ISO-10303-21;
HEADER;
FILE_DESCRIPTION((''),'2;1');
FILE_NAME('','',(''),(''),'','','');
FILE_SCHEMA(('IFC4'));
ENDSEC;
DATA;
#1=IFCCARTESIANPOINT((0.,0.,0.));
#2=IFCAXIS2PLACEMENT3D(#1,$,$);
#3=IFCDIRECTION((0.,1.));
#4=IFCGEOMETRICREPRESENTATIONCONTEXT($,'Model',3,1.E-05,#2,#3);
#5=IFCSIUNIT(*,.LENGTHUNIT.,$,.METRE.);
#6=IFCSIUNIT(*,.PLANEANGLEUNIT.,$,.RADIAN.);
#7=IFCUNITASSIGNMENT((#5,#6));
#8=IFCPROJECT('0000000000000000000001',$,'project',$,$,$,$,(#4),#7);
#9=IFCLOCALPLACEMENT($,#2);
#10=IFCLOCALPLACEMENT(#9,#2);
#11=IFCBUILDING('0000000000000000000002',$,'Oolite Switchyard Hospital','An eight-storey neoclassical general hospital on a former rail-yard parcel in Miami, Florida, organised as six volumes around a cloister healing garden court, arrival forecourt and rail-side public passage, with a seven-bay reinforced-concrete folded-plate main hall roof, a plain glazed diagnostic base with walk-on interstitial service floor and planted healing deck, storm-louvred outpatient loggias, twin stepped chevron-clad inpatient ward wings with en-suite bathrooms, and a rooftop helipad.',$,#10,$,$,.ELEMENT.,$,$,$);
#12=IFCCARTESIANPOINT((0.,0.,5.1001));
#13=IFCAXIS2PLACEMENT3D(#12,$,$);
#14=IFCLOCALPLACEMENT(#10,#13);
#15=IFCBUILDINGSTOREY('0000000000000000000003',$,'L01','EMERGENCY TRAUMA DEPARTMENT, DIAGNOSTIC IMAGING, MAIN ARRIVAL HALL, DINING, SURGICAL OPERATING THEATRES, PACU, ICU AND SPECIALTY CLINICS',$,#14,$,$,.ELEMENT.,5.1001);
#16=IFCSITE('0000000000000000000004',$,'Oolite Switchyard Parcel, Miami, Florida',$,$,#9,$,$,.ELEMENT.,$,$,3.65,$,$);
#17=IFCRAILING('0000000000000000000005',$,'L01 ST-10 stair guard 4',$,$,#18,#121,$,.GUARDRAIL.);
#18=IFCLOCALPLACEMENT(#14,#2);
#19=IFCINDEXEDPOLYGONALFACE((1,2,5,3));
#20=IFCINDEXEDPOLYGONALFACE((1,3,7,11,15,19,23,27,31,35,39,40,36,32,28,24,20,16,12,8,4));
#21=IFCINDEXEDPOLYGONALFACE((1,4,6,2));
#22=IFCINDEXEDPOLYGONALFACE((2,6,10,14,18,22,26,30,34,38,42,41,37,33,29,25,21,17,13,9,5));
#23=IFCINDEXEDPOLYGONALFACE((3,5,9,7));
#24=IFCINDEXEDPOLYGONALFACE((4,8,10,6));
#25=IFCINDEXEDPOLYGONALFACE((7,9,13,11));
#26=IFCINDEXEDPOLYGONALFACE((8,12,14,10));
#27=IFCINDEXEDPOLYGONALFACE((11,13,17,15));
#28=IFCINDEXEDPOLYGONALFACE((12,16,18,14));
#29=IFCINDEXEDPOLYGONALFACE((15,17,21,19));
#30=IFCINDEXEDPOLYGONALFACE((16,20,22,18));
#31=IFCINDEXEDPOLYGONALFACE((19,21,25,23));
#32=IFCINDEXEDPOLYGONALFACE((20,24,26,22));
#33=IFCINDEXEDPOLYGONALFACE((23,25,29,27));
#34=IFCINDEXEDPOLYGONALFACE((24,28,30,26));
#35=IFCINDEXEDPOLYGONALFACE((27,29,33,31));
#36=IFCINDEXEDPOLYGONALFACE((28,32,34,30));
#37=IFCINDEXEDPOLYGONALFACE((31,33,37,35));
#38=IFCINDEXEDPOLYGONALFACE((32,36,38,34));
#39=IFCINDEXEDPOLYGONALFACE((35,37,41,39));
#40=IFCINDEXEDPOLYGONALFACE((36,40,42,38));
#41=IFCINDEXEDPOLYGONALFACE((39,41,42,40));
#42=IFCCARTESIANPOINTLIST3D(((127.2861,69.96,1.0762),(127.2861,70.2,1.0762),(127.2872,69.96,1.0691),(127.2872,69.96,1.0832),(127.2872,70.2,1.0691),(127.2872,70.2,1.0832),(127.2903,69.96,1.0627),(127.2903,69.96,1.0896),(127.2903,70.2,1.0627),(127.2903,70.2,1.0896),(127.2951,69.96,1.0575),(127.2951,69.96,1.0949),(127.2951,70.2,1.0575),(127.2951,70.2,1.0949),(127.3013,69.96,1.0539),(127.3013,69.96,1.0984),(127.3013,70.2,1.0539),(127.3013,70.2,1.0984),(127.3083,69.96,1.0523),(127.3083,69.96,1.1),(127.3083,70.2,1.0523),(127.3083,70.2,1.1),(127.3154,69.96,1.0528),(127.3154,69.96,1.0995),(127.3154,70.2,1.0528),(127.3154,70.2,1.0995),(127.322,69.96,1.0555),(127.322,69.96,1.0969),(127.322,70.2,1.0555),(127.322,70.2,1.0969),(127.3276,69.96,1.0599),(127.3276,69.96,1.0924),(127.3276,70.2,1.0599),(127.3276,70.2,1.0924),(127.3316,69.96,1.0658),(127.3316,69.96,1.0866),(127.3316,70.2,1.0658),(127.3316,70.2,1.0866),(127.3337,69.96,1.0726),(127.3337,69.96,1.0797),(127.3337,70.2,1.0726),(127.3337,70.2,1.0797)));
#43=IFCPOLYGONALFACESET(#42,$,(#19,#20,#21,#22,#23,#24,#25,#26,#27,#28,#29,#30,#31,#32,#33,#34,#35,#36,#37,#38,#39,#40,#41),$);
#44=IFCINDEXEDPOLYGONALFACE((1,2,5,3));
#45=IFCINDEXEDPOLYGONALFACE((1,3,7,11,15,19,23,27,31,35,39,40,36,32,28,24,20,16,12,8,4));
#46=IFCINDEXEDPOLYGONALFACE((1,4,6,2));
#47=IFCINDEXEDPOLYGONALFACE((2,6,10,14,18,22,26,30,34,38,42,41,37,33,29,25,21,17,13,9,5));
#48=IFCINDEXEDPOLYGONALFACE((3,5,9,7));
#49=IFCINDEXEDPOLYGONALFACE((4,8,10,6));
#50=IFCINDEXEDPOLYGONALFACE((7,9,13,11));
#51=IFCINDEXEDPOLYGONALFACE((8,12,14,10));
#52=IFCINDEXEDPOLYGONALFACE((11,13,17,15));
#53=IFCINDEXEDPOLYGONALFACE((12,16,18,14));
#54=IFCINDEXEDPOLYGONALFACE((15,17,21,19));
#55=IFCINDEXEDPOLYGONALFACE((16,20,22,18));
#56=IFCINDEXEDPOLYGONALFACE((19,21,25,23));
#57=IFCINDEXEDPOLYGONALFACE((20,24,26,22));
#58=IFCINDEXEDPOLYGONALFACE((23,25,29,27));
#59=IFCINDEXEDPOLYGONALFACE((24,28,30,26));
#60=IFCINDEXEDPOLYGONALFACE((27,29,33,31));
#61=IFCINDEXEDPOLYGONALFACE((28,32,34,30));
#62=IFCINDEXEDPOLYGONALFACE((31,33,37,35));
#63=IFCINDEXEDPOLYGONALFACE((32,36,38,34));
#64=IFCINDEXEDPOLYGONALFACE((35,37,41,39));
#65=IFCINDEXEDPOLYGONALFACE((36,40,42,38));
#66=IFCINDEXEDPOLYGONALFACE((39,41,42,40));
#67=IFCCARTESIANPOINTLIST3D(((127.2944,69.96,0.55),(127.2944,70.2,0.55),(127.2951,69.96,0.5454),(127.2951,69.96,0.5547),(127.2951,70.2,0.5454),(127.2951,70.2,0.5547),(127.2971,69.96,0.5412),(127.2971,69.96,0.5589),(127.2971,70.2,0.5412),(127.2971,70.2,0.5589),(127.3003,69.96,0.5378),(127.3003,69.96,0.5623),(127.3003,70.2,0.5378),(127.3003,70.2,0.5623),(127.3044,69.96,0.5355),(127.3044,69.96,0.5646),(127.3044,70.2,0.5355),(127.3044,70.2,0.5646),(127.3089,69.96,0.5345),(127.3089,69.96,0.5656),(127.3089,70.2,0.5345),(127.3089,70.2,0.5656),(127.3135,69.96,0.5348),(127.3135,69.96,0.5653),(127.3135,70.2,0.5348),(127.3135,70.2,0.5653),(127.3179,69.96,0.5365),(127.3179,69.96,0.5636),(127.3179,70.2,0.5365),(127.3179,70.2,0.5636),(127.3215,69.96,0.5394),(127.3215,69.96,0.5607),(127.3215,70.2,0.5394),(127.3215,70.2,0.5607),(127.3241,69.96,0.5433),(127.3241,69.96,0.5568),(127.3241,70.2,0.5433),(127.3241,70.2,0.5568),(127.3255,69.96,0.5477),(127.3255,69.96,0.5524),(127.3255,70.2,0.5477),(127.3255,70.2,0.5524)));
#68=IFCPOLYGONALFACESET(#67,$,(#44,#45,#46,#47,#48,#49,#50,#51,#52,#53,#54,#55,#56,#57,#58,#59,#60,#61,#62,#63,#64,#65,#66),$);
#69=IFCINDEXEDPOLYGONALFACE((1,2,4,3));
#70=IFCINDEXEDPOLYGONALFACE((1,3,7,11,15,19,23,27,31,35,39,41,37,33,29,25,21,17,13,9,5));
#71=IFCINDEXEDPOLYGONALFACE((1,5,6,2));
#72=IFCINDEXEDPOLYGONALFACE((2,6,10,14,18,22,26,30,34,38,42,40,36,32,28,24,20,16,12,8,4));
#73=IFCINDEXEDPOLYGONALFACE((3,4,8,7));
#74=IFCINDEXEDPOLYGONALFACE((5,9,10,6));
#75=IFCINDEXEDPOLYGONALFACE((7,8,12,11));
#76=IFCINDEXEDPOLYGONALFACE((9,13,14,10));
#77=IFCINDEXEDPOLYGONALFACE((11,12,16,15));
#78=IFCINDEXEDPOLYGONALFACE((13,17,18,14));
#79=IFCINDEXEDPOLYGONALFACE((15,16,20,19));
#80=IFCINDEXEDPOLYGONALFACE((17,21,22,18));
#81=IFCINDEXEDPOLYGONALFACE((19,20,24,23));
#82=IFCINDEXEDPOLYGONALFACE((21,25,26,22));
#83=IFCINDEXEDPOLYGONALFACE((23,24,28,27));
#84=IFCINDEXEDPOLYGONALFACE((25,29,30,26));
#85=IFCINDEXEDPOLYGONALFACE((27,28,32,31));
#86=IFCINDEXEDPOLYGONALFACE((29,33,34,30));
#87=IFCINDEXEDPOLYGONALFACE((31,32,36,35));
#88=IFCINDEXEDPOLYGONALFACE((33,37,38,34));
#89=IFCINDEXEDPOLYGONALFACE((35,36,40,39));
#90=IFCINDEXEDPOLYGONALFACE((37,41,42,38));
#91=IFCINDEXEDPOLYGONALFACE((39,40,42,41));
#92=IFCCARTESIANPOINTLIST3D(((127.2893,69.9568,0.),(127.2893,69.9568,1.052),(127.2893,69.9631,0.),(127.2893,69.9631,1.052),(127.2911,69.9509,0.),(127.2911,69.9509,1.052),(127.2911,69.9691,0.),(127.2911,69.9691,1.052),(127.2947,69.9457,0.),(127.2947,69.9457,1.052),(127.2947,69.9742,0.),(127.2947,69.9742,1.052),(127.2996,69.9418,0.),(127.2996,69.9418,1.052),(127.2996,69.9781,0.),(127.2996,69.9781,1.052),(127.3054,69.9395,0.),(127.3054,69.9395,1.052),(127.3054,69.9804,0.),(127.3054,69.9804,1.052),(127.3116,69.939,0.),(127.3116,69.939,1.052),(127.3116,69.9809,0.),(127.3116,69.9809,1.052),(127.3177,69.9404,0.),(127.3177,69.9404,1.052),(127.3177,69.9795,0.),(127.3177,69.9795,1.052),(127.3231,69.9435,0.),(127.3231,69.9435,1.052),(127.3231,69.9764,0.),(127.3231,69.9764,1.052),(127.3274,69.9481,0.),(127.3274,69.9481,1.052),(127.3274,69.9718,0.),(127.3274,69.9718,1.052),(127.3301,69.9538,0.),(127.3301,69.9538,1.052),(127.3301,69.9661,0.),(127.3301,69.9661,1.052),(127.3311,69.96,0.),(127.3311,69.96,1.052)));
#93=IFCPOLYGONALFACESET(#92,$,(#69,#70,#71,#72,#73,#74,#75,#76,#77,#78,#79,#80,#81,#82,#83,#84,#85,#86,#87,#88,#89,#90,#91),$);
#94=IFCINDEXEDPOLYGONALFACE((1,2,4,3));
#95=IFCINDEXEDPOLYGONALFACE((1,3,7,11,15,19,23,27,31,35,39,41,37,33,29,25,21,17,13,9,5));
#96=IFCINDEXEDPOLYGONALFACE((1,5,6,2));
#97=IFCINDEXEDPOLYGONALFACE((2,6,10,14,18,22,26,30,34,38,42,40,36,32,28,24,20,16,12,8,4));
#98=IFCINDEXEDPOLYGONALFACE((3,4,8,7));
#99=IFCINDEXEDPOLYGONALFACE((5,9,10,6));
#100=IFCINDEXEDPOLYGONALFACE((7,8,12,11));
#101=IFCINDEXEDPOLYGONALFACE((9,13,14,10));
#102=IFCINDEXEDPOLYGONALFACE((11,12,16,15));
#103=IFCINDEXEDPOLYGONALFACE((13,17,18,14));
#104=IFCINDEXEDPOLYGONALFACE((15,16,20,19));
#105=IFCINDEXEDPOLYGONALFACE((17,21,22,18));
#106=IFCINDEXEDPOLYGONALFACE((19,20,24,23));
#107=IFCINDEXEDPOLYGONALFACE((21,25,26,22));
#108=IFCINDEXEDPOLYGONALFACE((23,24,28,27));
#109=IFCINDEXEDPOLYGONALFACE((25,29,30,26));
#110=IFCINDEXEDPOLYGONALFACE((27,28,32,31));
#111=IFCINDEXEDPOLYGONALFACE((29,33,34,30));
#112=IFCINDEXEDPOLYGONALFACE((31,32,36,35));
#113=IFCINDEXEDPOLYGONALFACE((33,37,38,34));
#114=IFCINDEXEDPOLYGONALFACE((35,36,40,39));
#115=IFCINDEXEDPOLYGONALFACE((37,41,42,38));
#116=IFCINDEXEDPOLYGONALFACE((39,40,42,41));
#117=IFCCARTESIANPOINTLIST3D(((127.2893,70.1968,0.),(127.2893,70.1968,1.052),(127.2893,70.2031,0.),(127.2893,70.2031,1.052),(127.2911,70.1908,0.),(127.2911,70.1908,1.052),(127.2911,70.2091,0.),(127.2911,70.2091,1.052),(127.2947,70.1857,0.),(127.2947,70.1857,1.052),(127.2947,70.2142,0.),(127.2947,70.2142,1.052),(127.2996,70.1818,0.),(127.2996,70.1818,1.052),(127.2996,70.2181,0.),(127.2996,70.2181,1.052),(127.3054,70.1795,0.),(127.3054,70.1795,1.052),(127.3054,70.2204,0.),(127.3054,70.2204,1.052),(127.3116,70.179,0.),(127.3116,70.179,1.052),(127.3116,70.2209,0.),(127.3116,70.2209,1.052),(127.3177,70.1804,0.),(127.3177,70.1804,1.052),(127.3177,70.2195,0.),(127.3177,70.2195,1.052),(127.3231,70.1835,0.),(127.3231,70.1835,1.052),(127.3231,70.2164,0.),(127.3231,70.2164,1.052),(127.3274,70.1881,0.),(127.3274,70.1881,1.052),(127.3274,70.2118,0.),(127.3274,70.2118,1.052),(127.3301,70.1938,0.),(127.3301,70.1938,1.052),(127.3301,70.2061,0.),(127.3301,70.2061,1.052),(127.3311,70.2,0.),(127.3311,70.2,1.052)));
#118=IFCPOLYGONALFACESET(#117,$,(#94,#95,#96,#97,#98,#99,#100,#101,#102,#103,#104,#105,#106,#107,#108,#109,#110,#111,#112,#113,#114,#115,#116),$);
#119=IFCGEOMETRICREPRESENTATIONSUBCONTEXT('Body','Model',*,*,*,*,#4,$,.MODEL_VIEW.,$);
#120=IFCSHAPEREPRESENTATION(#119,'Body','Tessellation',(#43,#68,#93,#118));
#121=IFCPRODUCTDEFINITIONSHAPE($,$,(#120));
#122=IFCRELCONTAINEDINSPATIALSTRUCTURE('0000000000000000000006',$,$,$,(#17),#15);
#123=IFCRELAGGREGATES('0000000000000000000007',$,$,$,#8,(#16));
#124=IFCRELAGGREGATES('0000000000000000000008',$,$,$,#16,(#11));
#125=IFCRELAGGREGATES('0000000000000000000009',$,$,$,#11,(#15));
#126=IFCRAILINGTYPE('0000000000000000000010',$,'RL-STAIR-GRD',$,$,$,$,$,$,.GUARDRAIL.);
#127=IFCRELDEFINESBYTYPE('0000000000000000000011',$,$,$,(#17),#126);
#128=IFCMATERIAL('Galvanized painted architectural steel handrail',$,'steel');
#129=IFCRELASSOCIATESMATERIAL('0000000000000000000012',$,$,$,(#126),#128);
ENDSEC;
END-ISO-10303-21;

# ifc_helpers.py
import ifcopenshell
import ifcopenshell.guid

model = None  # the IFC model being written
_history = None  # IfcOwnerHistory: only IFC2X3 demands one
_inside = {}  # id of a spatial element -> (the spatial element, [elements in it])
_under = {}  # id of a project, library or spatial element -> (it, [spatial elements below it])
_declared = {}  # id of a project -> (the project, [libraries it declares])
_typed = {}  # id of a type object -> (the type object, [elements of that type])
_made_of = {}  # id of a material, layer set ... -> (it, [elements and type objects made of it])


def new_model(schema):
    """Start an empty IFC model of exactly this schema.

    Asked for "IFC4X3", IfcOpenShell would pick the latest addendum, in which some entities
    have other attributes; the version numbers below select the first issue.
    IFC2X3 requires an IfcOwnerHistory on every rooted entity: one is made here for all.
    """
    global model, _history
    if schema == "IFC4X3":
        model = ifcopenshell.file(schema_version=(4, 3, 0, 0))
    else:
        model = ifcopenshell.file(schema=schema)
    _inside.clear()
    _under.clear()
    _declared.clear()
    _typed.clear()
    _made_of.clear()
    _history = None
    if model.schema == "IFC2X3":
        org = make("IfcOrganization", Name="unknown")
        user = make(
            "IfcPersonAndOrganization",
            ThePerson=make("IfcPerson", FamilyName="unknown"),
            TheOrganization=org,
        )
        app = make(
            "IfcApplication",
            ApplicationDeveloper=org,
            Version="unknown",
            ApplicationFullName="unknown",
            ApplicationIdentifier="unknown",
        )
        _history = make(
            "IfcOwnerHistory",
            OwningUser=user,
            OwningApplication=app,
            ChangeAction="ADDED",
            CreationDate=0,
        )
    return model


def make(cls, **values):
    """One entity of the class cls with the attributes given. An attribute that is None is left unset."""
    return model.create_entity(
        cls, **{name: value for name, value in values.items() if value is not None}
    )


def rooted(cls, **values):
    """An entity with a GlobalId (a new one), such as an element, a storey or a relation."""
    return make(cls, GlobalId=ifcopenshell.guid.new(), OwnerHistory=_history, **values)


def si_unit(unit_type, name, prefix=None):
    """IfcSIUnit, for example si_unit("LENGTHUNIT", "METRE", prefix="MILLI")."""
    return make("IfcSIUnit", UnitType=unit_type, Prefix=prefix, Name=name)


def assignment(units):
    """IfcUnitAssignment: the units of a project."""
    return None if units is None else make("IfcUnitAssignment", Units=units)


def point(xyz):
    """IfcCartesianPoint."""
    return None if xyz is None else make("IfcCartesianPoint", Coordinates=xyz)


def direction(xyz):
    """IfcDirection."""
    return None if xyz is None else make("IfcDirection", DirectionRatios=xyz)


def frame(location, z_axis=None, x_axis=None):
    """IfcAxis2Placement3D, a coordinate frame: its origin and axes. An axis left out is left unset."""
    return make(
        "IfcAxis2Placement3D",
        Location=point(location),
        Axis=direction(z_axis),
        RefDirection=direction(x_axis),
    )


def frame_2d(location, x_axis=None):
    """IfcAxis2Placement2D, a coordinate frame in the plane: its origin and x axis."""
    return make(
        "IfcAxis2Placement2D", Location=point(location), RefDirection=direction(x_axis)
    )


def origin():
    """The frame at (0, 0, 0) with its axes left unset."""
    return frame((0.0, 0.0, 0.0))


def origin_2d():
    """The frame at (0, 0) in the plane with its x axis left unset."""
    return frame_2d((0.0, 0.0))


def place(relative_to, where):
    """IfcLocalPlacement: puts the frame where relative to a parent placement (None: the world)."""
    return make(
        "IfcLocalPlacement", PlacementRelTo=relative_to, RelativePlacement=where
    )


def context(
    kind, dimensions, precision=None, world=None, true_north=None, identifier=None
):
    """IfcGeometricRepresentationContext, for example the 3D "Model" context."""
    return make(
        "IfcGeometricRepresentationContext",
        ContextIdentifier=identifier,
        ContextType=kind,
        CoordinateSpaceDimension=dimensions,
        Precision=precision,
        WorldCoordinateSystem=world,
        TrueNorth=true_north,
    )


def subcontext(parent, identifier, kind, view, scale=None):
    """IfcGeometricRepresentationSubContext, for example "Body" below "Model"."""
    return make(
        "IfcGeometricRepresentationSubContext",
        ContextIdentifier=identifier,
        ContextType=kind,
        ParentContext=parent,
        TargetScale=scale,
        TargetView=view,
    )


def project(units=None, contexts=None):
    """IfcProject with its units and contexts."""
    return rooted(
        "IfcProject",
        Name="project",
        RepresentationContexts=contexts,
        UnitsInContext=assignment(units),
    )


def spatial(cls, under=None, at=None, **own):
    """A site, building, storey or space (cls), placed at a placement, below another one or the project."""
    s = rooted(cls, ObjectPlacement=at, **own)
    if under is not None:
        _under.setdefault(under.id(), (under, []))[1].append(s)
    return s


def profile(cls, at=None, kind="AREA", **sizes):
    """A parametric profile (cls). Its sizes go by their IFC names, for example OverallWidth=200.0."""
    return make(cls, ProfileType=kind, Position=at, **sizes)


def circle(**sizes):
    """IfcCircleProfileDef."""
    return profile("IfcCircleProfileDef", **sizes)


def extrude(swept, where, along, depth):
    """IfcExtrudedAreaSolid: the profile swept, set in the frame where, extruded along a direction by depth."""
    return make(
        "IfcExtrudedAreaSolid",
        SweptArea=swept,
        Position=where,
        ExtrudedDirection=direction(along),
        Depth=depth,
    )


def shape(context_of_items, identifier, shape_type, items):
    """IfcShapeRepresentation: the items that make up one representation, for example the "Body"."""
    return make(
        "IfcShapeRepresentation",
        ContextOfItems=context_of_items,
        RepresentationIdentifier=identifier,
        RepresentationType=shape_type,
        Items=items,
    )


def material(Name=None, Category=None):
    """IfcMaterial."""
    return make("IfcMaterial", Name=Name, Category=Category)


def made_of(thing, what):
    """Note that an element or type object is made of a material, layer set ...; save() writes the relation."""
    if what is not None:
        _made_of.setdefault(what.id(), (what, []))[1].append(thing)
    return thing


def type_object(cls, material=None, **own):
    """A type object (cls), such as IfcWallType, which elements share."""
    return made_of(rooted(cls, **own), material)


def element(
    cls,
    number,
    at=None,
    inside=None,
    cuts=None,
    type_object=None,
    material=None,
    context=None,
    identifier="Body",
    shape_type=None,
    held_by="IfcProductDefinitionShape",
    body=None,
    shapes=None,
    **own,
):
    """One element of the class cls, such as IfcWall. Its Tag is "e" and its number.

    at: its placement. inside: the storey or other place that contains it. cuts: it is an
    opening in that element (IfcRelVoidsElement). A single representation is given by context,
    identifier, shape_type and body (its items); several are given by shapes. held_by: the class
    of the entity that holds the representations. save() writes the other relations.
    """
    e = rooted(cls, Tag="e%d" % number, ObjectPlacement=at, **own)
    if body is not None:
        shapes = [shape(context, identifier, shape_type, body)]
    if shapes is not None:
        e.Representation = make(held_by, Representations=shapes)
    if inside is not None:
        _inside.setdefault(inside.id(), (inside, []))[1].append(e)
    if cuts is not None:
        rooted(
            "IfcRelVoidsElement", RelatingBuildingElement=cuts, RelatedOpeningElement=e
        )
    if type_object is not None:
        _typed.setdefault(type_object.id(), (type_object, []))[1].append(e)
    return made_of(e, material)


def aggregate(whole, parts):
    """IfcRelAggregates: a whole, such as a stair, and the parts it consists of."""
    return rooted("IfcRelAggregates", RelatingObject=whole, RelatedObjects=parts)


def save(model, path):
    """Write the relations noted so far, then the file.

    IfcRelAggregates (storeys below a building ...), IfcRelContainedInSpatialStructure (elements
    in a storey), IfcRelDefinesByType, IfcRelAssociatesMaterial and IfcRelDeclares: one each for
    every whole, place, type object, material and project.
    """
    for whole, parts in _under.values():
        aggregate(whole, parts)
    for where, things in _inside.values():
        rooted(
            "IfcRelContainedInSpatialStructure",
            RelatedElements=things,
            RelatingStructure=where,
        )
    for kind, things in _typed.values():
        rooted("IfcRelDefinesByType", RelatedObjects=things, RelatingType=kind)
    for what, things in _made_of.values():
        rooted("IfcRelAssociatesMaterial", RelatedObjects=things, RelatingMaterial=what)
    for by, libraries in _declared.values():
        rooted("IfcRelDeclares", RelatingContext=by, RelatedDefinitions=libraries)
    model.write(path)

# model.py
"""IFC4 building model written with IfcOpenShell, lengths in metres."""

from ifc_helpers import new_model, si_unit, direction, frame, origin, origin_2d, place, context, subcontext, project, spatial, circle, extrude, material, type_object, element, save


model = new_model("IFC4")

# Units and contexts
model_context = context("Model", 3, precision=1e-05, world=origin(), true_north=direction((0.0, 1.0)))
body_context = subcontext(model_context, "Body", "Model", "MODEL_VIEW")
ifc_project = project(units=[si_unit("LENGTHUNIT", "METRE"), si_unit("PLANEANGLEUNIT", "RADIAN")], contexts=[model_context])

# Site, building, storey
site_placement = place(None, origin())
site = spatial("IfcSite", under=ifc_project, at=site_placement, Name="Oolite Switchyard Parcel, Miami, Florida", CompositionType="ELEMENT", RefElevation=3.65)
building_placement = place(site_placement, origin())
building = spatial("IfcBuilding", under=site, at=building_placement, Name="Oolite Switchyard Hospital", Description="An eight-storey neoclassical general hospital on a former rail-yard parcel in Miami, Florida, organised as six volumes around a cloister healing garden court, arrival forecourt and rail-side public passage, with a seven-bay reinforced-concrete folded-plate main hall roof, a plain glazed diagnostic base with walk-on interstitial service floor and planted healing deck, storm-louvred outpatient loggias, twin stepped chevron-clad inpatient ward wings with en-suite bathrooms, and a rooftop helipad.", CompositionType="ELEMENT")
storey_placement = place(building_placement, frame((0.0, 0.0, 5.1001)))
storey = spatial("IfcBuildingStorey", under=building, at=storey_placement, Name="L01", Description="EMERGENCY TRAUMA DEPARTMENT, DIAGNOSTIC IMAGING, MAIN ARRIVAL HALL, DINING, SURGICAL OPERATING THEATRES, PACU, ICU AND SPECIALTY CLINICS", CompositionType="ELEMENT", Elevation=5.1001)

# Railing
ifc_material_1 = material(Name="Galvanized painted architectural steel handrail", Category="steel")
railing_type_1 = type_object("IfcRailingType", Name="RL-STAIR-GRD", PredefinedType="GUARDRAIL", material=ifc_material_1)
railing_1_placement = place(storey_placement, frame((127.3101, 69.96, 0.0)))
element("IfcRailing", 1, at=railing_1_placement, inside=storey, type_object=railing_type_1, Name="L01 ST-10 stair guard 4", PredefinedType="GUARDRAIL", context=body_context, shape_type="SweptSolid", body=[
    extrude(circle(Radius=0.0239, at=origin_2d()), frame((0.0, 0.0, 1.0762), z_axis=(0.0, 1.0, 0.0), x_axis=(-1.0, 0.0, 0.0)), (0.0, 0.0, 1.0), 0.24),
    extrude(circle(Radius=0.0156, at=origin_2d()), frame((0.0, 0.0, 0.55), z_axis=(0.0, 1.0, 0.0), x_axis=(-1.0, 0.0, 0.0)), (0.0, 0.0, 1.0), 0.24),
    extrude(circle(Radius=0.021, at=origin_2d()), origin(), (0.0, 0.0, 1.0), 1.052),
    extrude(circle(Radius=0.021, at=origin_2d()), frame((0.0, 0.24, 0.0)), (0.0, 0.0, 1.0), 1.052),
])

save(model, "model.ifc")
